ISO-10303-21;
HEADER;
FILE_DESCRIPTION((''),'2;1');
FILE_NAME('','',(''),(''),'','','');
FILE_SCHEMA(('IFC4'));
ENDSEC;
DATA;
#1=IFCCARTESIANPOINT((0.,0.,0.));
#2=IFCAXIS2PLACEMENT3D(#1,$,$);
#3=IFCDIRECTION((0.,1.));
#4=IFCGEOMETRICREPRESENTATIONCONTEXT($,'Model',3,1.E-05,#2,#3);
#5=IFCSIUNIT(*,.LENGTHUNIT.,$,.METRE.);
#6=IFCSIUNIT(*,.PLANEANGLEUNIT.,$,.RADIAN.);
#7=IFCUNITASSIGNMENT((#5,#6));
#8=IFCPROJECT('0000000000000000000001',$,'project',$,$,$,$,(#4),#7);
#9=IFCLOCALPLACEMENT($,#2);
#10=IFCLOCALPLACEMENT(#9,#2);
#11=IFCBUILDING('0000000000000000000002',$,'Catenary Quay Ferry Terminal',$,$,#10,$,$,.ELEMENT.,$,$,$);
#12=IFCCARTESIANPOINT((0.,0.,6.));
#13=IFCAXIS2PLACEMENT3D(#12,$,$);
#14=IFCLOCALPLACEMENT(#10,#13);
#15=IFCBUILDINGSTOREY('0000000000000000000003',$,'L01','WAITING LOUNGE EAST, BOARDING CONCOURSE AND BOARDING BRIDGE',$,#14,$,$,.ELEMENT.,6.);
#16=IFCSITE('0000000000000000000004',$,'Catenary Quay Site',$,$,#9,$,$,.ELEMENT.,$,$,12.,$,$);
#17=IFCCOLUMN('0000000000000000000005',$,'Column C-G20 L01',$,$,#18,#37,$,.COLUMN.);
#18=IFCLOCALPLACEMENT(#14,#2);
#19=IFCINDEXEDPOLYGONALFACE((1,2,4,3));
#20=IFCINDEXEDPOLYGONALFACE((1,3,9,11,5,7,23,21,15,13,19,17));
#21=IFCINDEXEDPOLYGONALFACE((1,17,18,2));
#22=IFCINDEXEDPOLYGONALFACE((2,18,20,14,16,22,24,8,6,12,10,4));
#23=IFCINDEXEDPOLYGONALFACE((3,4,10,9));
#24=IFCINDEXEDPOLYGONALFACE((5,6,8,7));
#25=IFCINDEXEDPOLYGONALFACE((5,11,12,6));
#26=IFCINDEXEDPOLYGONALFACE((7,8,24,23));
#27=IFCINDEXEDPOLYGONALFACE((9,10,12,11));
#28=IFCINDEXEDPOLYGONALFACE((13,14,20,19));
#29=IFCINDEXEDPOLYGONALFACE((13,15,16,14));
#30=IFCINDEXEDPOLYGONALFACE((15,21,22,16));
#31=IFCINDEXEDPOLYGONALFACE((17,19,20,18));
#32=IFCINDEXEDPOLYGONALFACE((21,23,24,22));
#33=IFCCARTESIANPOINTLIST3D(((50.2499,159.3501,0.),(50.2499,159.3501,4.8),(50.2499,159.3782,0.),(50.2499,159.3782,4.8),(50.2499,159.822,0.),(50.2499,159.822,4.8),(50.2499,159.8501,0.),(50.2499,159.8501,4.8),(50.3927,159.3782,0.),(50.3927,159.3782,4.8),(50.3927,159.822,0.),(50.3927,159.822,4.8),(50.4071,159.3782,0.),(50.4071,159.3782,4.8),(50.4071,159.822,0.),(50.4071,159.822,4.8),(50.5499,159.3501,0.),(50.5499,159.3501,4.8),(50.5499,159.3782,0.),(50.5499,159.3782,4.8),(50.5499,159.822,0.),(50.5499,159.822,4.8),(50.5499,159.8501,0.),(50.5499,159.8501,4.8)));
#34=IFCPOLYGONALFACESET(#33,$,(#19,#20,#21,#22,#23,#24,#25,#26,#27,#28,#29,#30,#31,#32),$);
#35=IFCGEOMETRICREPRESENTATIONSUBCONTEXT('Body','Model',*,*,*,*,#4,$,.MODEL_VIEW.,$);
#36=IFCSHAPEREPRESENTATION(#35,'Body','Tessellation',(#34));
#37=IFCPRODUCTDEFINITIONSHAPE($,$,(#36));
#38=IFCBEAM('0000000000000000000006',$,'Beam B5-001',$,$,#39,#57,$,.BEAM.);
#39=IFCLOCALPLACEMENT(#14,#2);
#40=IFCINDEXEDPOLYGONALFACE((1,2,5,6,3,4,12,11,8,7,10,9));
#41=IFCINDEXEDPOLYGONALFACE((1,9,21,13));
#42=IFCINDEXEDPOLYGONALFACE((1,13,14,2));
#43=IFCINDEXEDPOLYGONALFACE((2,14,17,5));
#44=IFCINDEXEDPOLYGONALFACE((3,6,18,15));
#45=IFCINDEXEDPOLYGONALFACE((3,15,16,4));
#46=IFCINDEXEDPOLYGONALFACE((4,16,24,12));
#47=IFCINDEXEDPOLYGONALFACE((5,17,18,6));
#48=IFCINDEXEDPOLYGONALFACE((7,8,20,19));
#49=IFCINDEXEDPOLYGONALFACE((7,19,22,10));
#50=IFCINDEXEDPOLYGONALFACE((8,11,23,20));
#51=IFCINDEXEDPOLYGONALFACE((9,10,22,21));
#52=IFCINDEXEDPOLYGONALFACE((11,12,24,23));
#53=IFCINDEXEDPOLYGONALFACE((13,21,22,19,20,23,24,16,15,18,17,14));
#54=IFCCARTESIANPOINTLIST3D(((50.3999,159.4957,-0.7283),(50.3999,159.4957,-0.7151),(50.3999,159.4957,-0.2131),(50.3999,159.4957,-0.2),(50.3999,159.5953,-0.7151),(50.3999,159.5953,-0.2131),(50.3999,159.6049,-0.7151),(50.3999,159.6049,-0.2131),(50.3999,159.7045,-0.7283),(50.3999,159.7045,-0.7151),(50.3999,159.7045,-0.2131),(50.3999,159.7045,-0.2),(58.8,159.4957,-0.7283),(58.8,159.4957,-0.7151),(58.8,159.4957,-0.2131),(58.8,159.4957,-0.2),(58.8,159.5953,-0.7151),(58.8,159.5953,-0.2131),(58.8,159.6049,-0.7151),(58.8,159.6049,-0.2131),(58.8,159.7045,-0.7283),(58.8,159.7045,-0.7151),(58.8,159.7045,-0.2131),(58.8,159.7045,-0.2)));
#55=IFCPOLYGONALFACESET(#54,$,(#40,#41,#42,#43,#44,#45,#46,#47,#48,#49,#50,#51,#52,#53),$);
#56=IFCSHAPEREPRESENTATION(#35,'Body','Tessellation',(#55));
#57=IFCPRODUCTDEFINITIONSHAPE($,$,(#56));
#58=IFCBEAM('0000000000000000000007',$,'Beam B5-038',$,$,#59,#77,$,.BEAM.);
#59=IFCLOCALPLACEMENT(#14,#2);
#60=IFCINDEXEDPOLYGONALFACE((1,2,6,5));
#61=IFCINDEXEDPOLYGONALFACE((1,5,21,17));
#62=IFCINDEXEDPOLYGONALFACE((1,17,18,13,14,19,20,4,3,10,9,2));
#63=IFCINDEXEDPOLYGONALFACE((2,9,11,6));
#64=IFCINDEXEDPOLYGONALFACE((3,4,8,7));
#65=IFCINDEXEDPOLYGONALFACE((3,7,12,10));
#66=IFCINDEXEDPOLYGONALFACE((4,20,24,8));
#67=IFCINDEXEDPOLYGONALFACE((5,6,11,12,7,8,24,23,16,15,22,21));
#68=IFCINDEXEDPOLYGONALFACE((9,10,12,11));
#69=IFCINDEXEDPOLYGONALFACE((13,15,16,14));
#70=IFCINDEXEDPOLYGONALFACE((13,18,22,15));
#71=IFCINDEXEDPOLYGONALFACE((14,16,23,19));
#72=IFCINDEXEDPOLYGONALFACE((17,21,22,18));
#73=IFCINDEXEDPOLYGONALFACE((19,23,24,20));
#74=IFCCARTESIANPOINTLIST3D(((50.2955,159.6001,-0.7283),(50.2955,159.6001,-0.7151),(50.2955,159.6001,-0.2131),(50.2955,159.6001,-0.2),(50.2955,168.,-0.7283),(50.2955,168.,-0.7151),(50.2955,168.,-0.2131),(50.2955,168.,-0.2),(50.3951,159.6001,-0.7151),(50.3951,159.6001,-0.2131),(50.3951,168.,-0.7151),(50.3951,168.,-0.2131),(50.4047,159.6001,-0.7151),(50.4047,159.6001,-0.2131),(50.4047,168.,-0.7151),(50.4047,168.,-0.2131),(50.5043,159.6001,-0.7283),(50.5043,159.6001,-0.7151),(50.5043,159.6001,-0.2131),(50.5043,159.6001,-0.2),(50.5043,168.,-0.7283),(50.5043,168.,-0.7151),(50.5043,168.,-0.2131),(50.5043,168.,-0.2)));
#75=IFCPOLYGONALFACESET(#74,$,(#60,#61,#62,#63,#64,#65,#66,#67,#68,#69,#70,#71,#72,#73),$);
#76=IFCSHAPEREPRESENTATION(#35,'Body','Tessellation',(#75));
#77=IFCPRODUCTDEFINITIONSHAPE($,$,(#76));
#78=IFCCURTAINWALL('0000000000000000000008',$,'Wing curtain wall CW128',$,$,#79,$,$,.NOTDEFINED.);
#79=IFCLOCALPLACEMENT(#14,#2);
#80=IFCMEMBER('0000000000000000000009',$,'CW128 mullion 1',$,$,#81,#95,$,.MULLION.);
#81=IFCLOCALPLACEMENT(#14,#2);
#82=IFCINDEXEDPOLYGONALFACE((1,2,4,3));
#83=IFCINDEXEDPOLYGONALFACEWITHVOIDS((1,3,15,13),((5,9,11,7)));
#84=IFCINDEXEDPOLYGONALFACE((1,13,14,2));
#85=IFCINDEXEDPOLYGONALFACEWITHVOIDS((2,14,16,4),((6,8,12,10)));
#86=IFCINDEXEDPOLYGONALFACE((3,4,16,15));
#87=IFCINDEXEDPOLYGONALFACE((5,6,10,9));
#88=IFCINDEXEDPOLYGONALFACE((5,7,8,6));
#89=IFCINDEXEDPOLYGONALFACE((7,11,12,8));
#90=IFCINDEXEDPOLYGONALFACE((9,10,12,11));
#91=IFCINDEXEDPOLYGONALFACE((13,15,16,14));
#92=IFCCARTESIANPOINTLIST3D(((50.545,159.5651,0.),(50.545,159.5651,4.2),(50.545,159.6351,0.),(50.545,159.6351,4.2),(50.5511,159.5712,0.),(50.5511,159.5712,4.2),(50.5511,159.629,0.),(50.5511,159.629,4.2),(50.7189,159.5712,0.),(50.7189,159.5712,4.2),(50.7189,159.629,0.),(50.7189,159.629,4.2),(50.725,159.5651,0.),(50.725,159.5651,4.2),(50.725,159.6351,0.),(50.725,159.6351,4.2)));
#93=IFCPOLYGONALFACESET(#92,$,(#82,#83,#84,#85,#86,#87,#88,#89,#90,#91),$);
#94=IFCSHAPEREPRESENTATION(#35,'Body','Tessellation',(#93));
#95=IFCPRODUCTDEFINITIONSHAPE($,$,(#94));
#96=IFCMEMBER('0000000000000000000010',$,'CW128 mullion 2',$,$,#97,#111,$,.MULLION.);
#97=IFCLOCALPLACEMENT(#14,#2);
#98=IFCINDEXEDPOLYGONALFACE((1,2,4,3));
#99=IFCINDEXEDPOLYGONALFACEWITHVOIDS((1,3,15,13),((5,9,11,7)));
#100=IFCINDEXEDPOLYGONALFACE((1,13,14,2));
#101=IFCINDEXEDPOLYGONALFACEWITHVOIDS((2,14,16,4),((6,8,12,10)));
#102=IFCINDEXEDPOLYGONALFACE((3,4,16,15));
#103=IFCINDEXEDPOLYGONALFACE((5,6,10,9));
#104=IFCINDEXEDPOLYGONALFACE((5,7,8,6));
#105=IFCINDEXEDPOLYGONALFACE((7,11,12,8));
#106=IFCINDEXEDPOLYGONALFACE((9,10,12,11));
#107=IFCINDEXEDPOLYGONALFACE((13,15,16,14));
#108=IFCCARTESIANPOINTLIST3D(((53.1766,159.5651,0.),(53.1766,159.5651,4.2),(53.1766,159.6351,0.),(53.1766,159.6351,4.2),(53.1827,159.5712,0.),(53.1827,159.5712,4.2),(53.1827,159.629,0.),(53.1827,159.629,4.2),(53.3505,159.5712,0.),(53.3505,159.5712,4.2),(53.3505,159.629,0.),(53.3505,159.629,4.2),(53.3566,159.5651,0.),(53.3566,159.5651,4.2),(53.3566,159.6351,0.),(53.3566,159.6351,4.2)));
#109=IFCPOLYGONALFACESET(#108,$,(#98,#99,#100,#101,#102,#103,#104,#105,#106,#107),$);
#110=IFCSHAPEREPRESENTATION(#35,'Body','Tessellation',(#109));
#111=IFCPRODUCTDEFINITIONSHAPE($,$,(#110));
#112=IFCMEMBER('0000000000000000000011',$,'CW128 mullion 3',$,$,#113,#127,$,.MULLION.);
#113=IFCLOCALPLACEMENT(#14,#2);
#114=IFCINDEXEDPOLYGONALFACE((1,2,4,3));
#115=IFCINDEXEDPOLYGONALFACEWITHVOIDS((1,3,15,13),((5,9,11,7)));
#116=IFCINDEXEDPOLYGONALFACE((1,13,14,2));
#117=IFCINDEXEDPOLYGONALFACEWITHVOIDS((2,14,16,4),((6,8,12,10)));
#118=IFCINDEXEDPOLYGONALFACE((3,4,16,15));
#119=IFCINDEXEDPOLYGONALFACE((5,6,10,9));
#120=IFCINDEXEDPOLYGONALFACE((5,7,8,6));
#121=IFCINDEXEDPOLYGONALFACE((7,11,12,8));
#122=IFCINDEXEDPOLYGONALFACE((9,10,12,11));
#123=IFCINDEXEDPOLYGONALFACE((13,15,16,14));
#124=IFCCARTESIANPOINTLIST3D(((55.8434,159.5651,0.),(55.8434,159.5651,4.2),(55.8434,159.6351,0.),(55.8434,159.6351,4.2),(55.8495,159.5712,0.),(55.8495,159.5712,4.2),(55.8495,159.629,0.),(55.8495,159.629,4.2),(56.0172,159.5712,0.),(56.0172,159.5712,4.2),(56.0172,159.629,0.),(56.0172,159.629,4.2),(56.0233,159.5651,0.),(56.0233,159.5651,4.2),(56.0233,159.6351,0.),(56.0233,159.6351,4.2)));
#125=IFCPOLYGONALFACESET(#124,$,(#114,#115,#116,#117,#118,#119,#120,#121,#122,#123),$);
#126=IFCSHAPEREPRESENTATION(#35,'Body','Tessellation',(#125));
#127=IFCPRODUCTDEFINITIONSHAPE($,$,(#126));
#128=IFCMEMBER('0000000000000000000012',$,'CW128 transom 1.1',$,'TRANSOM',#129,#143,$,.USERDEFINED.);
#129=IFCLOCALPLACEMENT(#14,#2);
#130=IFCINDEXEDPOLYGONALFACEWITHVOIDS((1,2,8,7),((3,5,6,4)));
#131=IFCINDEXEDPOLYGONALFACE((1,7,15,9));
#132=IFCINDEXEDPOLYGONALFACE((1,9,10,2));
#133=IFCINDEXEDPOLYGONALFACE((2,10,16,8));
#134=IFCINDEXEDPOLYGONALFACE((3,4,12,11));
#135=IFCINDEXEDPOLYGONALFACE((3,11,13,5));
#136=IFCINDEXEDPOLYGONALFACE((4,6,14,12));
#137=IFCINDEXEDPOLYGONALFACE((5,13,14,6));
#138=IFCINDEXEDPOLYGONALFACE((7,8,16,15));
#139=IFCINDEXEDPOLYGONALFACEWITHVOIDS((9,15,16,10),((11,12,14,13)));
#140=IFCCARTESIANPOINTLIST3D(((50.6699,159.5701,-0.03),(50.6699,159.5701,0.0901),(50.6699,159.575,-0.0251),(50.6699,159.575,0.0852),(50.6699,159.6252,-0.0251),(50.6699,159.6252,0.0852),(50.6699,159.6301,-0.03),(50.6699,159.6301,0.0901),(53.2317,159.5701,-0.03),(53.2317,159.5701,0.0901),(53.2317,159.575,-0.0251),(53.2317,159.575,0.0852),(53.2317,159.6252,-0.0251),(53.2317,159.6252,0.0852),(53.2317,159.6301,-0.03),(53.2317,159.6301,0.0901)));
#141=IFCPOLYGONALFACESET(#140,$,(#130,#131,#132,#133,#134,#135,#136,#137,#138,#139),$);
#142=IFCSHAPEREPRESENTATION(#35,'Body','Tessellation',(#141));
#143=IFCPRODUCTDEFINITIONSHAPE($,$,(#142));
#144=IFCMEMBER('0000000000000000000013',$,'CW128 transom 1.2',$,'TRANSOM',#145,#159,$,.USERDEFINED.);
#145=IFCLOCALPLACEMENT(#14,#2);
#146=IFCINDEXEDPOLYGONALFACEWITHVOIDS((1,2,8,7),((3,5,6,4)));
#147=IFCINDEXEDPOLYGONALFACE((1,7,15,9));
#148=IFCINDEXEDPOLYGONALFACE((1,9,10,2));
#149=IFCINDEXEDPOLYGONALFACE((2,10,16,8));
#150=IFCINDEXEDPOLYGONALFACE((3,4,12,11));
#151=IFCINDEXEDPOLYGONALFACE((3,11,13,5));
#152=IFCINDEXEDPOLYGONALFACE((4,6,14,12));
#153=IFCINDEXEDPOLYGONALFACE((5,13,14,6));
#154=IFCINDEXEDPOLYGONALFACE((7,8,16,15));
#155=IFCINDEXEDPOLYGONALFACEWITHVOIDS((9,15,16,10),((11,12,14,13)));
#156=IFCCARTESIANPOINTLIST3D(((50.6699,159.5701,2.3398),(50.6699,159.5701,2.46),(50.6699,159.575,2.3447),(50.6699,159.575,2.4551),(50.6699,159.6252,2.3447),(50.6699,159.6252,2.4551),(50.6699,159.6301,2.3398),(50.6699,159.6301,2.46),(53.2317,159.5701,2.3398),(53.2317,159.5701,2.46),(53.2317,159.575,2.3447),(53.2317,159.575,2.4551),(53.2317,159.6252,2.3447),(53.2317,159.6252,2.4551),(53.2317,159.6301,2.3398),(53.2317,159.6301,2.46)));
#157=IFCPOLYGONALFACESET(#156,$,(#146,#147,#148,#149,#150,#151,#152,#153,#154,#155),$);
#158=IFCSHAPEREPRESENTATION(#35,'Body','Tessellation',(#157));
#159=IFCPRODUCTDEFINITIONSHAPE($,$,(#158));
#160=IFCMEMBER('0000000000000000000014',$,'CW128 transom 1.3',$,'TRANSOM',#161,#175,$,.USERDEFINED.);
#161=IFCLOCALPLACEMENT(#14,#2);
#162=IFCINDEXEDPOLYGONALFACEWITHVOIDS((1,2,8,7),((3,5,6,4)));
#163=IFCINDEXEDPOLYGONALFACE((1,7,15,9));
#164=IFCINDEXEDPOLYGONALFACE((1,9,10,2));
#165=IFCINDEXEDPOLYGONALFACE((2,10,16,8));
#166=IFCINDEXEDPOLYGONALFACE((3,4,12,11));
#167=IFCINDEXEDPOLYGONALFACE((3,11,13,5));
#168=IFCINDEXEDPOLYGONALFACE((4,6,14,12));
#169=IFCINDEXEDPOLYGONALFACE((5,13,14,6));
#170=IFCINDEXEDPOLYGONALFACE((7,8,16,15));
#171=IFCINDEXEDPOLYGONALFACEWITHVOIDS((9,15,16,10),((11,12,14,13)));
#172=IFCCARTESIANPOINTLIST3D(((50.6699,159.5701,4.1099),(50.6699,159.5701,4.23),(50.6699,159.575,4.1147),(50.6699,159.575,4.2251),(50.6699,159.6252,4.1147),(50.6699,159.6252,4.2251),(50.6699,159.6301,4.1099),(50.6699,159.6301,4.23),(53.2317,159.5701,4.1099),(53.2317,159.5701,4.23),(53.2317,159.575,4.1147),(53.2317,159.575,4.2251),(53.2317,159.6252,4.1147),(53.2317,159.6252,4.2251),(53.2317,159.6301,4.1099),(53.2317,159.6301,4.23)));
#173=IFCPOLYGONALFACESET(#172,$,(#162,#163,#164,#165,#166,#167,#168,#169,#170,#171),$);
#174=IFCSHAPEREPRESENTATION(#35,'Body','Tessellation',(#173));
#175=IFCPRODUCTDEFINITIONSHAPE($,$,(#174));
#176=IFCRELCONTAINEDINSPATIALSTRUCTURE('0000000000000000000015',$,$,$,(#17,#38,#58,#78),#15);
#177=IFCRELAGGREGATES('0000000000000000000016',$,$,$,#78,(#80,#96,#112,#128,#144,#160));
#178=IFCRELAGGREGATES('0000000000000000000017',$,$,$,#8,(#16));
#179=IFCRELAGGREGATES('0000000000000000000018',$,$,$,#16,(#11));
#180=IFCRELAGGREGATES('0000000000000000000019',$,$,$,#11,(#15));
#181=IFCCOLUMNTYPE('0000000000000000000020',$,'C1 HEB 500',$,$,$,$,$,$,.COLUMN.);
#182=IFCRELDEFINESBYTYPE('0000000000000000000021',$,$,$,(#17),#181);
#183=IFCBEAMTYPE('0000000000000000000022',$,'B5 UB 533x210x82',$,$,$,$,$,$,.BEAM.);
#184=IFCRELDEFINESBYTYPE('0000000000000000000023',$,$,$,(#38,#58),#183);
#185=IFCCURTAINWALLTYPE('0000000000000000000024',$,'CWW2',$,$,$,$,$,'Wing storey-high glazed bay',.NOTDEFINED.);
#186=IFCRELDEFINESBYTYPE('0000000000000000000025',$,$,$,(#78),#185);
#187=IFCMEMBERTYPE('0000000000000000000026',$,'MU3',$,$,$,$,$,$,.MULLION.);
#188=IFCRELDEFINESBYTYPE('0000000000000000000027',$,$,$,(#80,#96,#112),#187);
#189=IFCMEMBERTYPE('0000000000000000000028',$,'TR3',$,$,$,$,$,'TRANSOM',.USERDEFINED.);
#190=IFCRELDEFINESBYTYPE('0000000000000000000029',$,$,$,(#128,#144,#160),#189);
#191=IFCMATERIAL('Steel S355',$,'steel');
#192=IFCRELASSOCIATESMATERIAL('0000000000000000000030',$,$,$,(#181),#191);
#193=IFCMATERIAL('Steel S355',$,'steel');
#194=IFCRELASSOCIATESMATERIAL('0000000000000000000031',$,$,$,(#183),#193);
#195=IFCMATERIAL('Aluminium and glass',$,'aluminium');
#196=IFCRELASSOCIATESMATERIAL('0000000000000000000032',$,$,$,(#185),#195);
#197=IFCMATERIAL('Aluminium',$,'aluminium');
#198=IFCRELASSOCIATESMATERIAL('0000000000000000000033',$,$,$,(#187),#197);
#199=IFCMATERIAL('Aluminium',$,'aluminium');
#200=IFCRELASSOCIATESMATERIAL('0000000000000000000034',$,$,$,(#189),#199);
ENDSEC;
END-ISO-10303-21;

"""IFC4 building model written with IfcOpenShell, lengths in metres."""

from ifc_helpers import new_model, si_unit, direction, frame, origin, origin_2d, place, context, subcontext, project, spatial, hollow_rectangle, i_section, extrude, material, material_profile, profile_set, type_object, element, aggregate, save


model = new_model("IFC4")

# Units and contexts
model_context = context("Model", 3, precision=1e-05, world=origin(), true_north=direction((0.0, 1.0)))
body_context = subcontext(model_context, "Body", "Model", "MODEL_VIEW")
ifc_project = project(units=[si_unit("LENGTHUNIT", "METRE"), si_unit("PLANEANGLEUNIT", "RADIAN")], contexts=[model_context])

# Site, building, storey
site_placement = place(None, origin())
site = spatial("IfcSite", under=ifc_project, at=site_placement, Name="Catenary Quay Site", CompositionType="ELEMENT", RefElevation=12.0)
building_placement = place(site_placement, origin())
building = spatial("IfcBuilding", under=site, at=building_placement, Name="Catenary Quay Ferry Terminal", CompositionType="ELEMENT")
storey_placement = place(building_placement, frame((0.0, 0.0, 6.0)))
storey = spatial("IfcBuildingStorey", under=building, at=storey_placement, Name="L01", Description="WAITING LOUNGE EAST, BOARDING CONCOURSE AND BOARDING BRIDGE", CompositionType="ELEMENT", Elevation=6.0)

# Column
ifc_material_1 = material(Name="Steel S355", Category="steel")
ifc_material_profile_1 = material_profile(ifc_material_1, i_section(OverallWidth=0.3, OverallDepth=0.5, WebThickness=0.0144, FlangeThickness=0.0281, at=origin_2d()), Name="HEB 500")
ifc_profile_set_1 = profile_set([ifc_material_profile_1], Name="Steel S355")
column_type = type_object("IfcColumnType", Name="C1 HEB 500", PredefinedType="COLUMN", material=ifc_profile_set_1)
column_placement = place(storey_placement, frame((50.3999, 159.6001, 0.0), z_axis=(0.0, 0.0, 1.0), x_axis=(1.0, 0.0, 0.0)))
element("IfcColumn", 1, at=column_placement, inside=storey, type_object=column_type, Name="Column C-G20 L01", PredefinedType="COLUMN", context=body_context, shape_type="SweptSolid", body=[
    extrude(i_section(OverallWidth=0.3, OverallDepth=0.5, WebThickness=0.0144, FlangeThickness=0.0281, at=origin_2d()), origin(), (0.0, 0.0, 1.0), 4.8),
])

# Beams
ifc_material_2 = material(Name="Steel S355", Category="steel")
ifc_material_profile_2 = material_profile(ifc_material_2, i_section(OverallWidth=0.2087, OverallDepth=0.5283, WebThickness=0.0095, FlangeThickness=0.0132, at=origin_2d()), Name="UB 533x210x82")
ifc_profile_set_2 = profile_set([ifc_material_profile_2], Name="Steel S355")
beam_type = type_object("IfcBeamType", Name="B5 UB 533x210x82", PredefinedType="BEAM", material=ifc_profile_set_2)
beam_1_placement = place(storey_placement, frame((50.3999, 159.6001, -0.4641), z_axis=(1.0, 0.0, 0.0), x_axis=(0.0, 1.0, 0.0)))
element("IfcBeam", 2, at=beam_1_placement, inside=storey, type_object=beam_type, Name="Beam B5-001", PredefinedType="BEAM", context=body_context, shape_type="SweptSolid", body=[
    extrude(i_section(OverallWidth=0.2087, OverallDepth=0.5283, WebThickness=0.0095, FlangeThickness=0.0132, at=origin_2d()), origin(), (0.0, 0.0, 1.0), 8.4001),
])
beam_2_placement = place(storey_placement, frame((50.3999, 159.6001, -0.4641), z_axis=(0.0, 1.0, 0.0), x_axis=(-1.0, 0.0, 0.0)))
element("IfcBeam", 3, at=beam_2_placement, inside=storey, type_object=beam_type, Name="Beam B5-038", PredefinedType="BEAM", context=body_context, shape_type="SweptSolid", body=[
    extrude(i_section(OverallWidth=0.2087, OverallDepth=0.5283, WebThickness=0.0095, FlangeThickness=0.0132, at=origin_2d()), origin(), (0.0, 0.0, 1.0), 8.3999),
])

# Curtain wall, members
ifc_material_3 = material(Name="Aluminium and glass", Category="aluminium")
curtain_wall_type = type_object("IfcCurtainWallType", Name="CWW2", ElementType="Wing storey-high glazed bay", PredefinedType="NOTDEFINED", material=ifc_material_3)
curtain_wall_placement = place(storey_placement, origin())
curtain_wall = element("IfcCurtainWall", 4, at=curtain_wall_placement, inside=storey, type_object=curtain_wall_type, Name="Wing curtain wall CW128", PredefinedType="NOTDEFINED")
ifc_material_4 = material(Name="Aluminium", Category="aluminium")
ifc_material_profile_3 = material_profile(ifc_material_4, hollow_rectangle(XDim=0.0701, YDim=0.1799, WallThickness=0.0061, at=origin_2d()), Name="MU3")
ifc_profile_set_3 = profile_set([ifc_material_profile_3], Name="Aluminium")
member_type_1 = type_object("IfcMemberType", Name="MU3", PredefinedType="MULLION", material=ifc_profile_set_3)
member_1_placement = place(storey_placement, frame((50.635, 159.6001, 0.0), z_axis=(0.0, 0.0, 1.0), x_axis=(0.0, 1.0, 0.0)))
member_1 = element("IfcMember", 5, at=member_1_placement, type_object=member_type_1, Name="CW128 mullion 1", PredefinedType="MULLION", context=body_context, shape_type="SweptSolid", body=[
    extrude(hollow_rectangle(XDim=0.0701, YDim=0.1799, WallThickness=0.0061, at=origin_2d()), origin(), (0.0, 0.0, 1.0), 4.2),
])
member_2_placement = place(storey_placement, frame((53.2666, 159.6001, 0.0), z_axis=(0.0, 0.0, 1.0), x_axis=(0.0, 1.0, 0.0)))
member_2 = element("IfcMember", 6, at=member_2_placement, type_object=member_type_1, Name="CW128 mullion 2", PredefinedType="MULLION", context=body_context, shape_type="SweptSolid", body=[
    extrude(hollow_rectangle(XDim=0.0701, YDim=0.1799, WallThickness=0.0061, at=origin_2d()), origin(), (0.0, 0.0, 1.0), 4.2),
])
member_3_placement = place(storey_placement, frame((55.9333, 159.6001, 0.0), z_axis=(0.0, 0.0, 1.0), x_axis=(0.0, 1.0, 0.0)))
member_3 = element("IfcMember", 7, at=member_3_placement, type_object=member_type_1, Name="CW128 mullion 3", PredefinedType="MULLION", context=body_context, shape_type="SweptSolid", body=[
    extrude(hollow_rectangle(XDim=0.0701, YDim=0.1799, WallThickness=0.0061, at=origin_2d()), origin(), (0.0, 0.0, 1.0), 4.2),
])
ifc_material_5 = material(Name="Aluminium", Category="aluminium")
ifc_material_profile_4 = material_profile(ifc_material_5, hollow_rectangle(XDim=0.0601, YDim=0.1201, WallThickness=0.0049, at=origin_2d()), Name="TR3")
ifc_profile_set_4 = profile_set([ifc_material_profile_4], Name="Aluminium")
member_type_2 = type_object("IfcMemberType", Name="TR3", ElementType="TRANSOM", PredefinedType="USERDEFINED", material=ifc_profile_set_4)
member_4_placement = place(storey_placement, frame((50.6699, 159.6001, 0.03), z_axis=(1.0, 0.0, 0.0), x_axis=(0.0, 1.0, 0.0)))
member_4 = element("IfcMember", 8, at=member_4_placement, type_object=member_type_2, Name="CW128 transom 1.1", ObjectType="TRANSOM", PredefinedType="USERDEFINED", context=body_context, shape_type="SweptSolid", body=[
    extrude(hollow_rectangle(XDim=0.0601, YDim=0.1201, WallThickness=0.0049, at=origin_2d()), origin(), (0.0, 0.0, 1.0), 2.5618),
])
member_5_placement = place(storey_placement, frame((50.6699, 159.6001, 2.3999), z_axis=(1.0, 0.0, 0.0), x_axis=(0.0, 1.0, 0.0)))
member_5 = element("IfcMember", 9, at=member_5_placement, type_object=member_type_2, Name="CW128 transom 1.2", ObjectType="TRANSOM", PredefinedType="USERDEFINED", context=body_context, shape_type="SweptSolid", body=[
    extrude(hollow_rectangle(XDim=0.0601, YDim=0.1201, WallThickness=0.0049, at=origin_2d()), origin(), (0.0, 0.0, 1.0), 2.5618),
])
member_6_placement = place(storey_placement, frame((50.6699, 159.6001, 4.1699), z_axis=(1.0, 0.0, 0.0), x_axis=(0.0, 1.0, 0.0)))
member_6 = element("IfcMember", 10, at=member_6_placement, type_object=member_type_2, Name="CW128 transom 1.3", ObjectType="TRANSOM", PredefinedType="USERDEFINED", context=body_context, shape_type="SweptSolid", body=[
    extrude(hollow_rectangle(XDim=0.0601, YDim=0.1201, WallThickness=0.0049, at=origin_2d()), origin(), (0.0, 0.0, 1.0), 2.5618),
])
aggregate(curtain_wall, [member_1, member_2, member_3, member_4, member_5, member_6])

save(model, "model.ifc")
